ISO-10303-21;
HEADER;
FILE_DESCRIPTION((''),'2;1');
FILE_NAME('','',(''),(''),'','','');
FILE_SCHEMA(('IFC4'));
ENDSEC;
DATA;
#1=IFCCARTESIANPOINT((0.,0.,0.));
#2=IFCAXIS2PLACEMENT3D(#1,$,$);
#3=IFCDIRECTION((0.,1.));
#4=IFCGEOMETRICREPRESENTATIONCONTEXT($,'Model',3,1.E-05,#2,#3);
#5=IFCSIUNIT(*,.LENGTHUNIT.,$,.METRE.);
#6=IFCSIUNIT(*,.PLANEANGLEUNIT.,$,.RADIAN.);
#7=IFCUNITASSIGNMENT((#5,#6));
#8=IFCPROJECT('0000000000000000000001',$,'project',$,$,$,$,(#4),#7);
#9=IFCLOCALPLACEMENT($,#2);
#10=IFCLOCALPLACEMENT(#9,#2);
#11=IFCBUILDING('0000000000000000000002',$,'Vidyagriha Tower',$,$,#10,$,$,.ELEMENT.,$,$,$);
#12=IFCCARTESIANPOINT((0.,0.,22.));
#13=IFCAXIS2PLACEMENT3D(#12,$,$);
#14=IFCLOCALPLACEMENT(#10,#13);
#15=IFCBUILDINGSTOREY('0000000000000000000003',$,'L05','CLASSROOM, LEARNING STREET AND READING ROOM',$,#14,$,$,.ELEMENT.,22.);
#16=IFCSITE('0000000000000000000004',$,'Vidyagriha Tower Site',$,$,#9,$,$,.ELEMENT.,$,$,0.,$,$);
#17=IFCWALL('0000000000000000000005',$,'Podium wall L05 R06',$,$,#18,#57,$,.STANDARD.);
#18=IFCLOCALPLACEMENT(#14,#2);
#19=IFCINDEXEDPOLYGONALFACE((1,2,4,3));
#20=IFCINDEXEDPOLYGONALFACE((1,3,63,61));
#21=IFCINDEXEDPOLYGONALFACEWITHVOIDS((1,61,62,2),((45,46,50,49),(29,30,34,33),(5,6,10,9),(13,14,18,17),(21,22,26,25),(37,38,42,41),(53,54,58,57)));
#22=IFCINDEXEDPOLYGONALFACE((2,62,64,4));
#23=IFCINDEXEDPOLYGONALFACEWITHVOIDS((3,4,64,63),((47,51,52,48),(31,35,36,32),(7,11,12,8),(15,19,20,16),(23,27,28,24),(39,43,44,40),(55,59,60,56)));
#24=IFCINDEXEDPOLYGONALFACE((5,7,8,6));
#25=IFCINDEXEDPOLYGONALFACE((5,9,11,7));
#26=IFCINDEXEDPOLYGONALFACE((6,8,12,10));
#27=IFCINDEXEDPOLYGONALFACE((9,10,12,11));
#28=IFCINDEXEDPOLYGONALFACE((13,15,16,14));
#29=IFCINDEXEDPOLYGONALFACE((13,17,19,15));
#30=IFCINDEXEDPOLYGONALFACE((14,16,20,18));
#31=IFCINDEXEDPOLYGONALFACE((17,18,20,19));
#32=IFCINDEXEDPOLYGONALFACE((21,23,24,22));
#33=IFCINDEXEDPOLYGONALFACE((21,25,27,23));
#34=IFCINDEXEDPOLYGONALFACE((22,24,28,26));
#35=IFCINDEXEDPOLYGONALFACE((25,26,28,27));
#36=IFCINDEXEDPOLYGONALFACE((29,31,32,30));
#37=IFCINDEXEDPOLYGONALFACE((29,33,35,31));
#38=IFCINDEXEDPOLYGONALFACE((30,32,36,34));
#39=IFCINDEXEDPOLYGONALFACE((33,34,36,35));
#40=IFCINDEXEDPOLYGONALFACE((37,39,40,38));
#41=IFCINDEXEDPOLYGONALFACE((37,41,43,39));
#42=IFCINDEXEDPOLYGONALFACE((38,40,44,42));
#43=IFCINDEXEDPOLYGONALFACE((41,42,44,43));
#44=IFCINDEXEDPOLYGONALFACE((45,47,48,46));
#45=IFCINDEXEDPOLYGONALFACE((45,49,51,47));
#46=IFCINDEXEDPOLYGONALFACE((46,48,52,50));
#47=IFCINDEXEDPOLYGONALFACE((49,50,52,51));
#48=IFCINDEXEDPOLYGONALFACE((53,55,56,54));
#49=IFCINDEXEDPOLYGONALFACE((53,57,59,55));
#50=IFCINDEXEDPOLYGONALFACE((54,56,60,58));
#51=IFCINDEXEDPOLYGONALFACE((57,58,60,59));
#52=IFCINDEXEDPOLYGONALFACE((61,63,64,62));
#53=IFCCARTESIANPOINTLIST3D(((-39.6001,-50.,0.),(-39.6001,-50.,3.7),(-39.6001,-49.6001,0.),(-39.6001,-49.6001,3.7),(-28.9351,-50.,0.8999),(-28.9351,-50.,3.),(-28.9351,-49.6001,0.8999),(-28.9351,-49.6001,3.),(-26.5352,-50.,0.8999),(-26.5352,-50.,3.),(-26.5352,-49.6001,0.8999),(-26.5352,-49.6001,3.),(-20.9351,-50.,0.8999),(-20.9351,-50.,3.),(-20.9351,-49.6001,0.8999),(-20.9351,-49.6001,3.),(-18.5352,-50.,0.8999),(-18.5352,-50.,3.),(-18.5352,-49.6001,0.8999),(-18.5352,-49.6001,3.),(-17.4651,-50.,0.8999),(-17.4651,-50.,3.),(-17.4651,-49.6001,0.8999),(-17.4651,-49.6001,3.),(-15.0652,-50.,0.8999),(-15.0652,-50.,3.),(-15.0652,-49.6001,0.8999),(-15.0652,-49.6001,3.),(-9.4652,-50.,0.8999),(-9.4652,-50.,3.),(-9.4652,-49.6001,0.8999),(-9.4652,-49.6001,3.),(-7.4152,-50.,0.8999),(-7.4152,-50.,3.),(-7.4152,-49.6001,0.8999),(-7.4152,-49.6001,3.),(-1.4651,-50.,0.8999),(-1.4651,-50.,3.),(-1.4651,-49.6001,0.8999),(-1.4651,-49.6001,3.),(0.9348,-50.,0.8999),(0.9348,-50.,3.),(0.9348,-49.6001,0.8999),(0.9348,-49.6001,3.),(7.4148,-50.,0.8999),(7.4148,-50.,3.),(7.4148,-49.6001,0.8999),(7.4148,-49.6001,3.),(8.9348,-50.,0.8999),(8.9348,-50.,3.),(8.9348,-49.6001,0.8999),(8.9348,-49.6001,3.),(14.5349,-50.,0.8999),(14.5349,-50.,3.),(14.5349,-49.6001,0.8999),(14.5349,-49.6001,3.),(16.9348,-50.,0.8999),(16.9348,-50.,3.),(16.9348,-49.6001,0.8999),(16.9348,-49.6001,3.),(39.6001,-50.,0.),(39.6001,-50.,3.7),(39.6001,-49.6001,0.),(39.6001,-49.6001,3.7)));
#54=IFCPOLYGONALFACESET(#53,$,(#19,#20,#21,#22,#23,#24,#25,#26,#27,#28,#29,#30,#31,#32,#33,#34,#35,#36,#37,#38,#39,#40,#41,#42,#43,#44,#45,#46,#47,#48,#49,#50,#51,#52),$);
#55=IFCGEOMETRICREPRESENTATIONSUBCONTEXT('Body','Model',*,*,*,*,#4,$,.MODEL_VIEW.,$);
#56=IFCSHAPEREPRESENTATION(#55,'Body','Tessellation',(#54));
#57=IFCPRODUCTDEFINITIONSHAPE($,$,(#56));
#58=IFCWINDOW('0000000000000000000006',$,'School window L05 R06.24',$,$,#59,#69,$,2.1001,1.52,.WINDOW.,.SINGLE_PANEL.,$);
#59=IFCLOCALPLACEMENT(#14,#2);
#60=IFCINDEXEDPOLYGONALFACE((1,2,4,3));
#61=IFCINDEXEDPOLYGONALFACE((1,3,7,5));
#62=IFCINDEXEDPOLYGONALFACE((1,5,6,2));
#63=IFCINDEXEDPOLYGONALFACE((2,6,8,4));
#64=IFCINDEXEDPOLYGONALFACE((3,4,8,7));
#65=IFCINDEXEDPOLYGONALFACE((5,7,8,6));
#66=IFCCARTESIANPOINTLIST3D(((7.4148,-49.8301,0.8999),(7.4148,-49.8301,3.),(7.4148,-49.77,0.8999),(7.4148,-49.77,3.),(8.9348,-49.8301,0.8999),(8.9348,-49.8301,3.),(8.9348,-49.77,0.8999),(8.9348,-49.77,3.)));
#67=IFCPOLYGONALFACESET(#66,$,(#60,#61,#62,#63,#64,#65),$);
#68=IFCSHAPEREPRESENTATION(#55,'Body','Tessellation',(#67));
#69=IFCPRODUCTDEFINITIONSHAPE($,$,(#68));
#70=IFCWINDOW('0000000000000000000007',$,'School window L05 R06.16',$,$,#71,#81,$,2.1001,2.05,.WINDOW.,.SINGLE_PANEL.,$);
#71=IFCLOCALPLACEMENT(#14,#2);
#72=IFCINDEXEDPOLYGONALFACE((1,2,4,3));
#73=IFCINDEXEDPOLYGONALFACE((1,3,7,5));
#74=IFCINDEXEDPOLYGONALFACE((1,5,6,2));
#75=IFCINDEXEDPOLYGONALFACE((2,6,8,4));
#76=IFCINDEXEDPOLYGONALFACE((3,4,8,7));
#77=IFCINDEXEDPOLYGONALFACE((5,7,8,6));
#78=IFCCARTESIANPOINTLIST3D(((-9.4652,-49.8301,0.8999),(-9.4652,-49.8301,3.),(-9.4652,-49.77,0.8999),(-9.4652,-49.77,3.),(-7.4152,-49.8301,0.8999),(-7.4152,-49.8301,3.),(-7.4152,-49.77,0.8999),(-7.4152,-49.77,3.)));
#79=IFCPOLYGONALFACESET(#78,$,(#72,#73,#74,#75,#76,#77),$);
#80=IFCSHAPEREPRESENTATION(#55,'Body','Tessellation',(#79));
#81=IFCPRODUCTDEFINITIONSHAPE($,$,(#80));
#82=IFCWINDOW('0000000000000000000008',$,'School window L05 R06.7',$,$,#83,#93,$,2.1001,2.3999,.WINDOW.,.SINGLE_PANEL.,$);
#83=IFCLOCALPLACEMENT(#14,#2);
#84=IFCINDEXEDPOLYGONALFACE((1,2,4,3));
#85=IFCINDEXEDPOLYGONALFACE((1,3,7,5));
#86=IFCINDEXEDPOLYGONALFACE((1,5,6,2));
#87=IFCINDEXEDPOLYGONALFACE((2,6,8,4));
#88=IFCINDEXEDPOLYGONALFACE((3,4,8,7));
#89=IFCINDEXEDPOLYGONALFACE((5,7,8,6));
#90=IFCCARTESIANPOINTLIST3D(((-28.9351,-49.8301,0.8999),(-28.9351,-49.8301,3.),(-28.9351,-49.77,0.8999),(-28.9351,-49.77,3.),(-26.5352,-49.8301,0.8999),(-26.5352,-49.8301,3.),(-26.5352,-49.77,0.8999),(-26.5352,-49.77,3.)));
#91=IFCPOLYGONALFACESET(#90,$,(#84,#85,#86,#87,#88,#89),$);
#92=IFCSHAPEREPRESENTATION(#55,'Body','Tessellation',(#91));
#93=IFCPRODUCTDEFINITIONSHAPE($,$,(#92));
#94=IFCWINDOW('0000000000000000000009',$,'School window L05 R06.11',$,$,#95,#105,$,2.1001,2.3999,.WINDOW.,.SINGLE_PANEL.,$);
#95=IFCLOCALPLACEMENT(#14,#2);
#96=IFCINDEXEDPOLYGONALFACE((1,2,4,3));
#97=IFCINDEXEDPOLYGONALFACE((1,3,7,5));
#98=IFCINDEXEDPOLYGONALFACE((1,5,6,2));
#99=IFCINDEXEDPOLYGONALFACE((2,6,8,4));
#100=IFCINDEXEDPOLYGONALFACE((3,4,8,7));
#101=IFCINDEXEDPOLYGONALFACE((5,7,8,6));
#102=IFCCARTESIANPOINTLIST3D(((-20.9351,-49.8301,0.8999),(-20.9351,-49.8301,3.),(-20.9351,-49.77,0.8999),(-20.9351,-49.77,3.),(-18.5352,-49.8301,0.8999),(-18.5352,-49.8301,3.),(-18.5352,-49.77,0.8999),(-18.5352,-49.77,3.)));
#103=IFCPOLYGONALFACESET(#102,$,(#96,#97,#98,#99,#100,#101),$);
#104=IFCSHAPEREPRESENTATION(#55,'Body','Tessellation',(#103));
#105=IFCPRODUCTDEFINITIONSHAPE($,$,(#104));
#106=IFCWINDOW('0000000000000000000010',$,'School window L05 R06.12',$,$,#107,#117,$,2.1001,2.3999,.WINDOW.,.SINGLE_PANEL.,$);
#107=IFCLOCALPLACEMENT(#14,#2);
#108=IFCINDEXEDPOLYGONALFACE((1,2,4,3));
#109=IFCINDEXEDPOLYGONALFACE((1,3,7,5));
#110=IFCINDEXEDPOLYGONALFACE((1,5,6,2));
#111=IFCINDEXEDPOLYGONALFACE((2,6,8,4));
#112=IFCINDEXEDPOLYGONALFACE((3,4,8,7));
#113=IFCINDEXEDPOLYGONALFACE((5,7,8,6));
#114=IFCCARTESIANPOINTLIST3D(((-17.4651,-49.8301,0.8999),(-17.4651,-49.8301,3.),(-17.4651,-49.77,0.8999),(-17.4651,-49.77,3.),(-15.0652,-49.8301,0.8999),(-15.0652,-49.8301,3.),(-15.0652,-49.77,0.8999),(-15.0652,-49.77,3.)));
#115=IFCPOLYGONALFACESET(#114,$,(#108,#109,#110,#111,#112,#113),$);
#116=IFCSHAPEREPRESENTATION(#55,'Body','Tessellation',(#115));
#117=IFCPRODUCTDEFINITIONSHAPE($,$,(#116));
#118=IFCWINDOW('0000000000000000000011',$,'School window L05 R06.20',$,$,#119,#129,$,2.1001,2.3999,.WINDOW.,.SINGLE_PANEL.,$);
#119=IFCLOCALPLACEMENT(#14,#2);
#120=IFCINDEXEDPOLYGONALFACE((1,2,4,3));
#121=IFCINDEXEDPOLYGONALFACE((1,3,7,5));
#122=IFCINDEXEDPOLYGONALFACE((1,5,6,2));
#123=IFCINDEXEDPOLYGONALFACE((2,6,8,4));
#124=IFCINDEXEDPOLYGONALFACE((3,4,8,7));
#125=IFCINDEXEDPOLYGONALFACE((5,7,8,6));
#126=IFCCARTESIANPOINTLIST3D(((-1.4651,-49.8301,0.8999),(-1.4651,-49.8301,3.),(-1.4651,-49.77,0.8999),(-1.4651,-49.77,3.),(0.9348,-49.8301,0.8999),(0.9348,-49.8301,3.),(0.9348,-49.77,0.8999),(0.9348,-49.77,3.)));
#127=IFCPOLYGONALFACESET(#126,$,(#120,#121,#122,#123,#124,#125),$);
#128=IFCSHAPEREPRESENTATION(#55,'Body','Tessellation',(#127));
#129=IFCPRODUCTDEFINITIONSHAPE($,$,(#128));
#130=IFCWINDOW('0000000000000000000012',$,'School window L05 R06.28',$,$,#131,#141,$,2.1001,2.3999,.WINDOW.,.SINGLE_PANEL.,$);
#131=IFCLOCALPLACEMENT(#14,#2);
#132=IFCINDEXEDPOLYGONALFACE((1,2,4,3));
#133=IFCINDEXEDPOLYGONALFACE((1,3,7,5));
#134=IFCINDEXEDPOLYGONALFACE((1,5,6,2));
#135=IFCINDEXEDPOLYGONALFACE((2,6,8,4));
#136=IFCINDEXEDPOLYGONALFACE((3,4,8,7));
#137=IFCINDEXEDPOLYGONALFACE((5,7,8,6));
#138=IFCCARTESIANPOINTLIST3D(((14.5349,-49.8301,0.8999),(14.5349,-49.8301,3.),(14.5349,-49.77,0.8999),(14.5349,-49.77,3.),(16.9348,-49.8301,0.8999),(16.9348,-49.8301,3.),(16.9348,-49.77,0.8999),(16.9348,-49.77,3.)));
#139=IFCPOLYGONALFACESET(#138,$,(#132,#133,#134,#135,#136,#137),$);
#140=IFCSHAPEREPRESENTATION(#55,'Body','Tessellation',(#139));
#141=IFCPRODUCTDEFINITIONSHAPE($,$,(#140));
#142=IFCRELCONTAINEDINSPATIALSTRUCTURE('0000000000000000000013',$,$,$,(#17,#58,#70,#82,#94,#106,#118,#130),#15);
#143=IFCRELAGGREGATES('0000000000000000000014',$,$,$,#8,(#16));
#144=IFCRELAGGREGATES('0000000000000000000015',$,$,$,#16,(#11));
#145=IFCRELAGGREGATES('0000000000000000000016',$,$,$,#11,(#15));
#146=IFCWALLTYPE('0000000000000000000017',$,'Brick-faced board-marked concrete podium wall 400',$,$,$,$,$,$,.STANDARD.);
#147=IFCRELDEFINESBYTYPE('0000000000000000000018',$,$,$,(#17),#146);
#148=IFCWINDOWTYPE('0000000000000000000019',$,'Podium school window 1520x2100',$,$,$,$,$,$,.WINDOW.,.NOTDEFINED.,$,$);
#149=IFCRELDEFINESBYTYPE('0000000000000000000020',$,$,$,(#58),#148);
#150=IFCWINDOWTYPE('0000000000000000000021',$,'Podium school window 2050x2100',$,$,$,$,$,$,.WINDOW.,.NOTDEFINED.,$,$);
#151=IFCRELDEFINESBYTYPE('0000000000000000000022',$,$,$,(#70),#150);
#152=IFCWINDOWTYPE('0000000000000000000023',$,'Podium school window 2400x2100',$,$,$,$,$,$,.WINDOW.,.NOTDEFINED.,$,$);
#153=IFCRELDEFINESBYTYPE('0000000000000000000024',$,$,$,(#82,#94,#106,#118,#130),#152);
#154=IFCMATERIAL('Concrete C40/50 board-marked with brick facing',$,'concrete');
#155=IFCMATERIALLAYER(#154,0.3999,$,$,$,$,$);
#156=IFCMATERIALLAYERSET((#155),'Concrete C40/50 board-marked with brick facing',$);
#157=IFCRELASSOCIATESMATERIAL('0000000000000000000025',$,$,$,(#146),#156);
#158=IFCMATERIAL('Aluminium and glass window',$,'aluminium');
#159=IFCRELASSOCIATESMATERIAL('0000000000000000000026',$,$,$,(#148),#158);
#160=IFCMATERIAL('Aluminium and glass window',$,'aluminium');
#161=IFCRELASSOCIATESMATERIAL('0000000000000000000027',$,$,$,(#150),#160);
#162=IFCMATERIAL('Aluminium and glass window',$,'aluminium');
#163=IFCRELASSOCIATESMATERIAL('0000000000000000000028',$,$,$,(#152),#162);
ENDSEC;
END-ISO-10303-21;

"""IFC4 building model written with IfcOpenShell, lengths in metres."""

from ifc_helpers import new_model, si_unit, direction, frame, frame_2d, origin, place, context, subcontext, project, spatial, rectangle, extrude, material, layer, layer_set, type_object, element, fill, save


model = new_model("IFC4")

# Units and contexts
model_context = context("Model", 3, precision=1e-05, world=origin(), true_north=direction((0.0, 1.0)))
body_context = subcontext(model_context, "Body", "Model", "MODEL_VIEW")
ifc_project = project(units=[si_unit("LENGTHUNIT", "METRE"), si_unit("PLANEANGLEUNIT", "RADIAN")], contexts=[model_context])

# Site, building, storey
site_placement = place(None, origin())
site = spatial("IfcSite", under=ifc_project, at=site_placement, Name="Vidyagriha Tower Site", CompositionType="ELEMENT", RefElevation=0.0)
building_placement = place(site_placement, origin())
building = spatial("IfcBuilding", under=site, at=building_placement, Name="Vidyagriha Tower", CompositionType="ELEMENT")
storey_placement = place(building_placement, frame((0.0, 0.0, 22.0)))
storey = spatial("IfcBuildingStorey", under=building, at=storey_placement, Name="L05", Description="CLASSROOM, LEARNING STREET AND READING ROOM", CompositionType="ELEMENT", Elevation=22.0)

# Wall, openings, windows
ifc_material_1 = material(Name="Concrete C40/50 board-marked with brick facing", Category="concrete")
ifc_layer_1 = layer(ifc_material_1, 0.3999)
ifc_layer_set_1 = layer_set([ifc_layer_1], Name="Concrete C40/50 board-marked with brick facing")
wall_type_1 = type_object("IfcWallType", Name="Brick-faced board-marked concrete podium wall 400", PredefinedType="STANDARD", material=ifc_layer_set_1)
wall_1_placement = place(storey_placement, frame((-39.6001, -49.8, 0.0)))
wall_1 = element("IfcWall", 1, at=wall_1_placement, inside=storey, type_object=wall_type_1, Name="Podium wall L05 R06", PredefinedType="STANDARD", context=body_context, shape_type="SweptSolid", body=[
    extrude(rectangle(XDim=79.2002, YDim=0.3999, at=frame_2d((39.6001, 0.0))), origin(), (0.0, 0.0, 1.0), 3.7),
])
opening_1_placement = place(wall_1_placement, frame((10.665, 0.0, 0.8999)))
opening_1 = element("IfcOpeningElement", 2, at=opening_1_placement, cuts=wall_1, PredefinedType="OPENING", context=body_context, shape_type="SweptSolid", body=[
    extrude(rectangle(XDim=2.3999, YDim=2.1001, at=frame_2d((1.2, 1.05))), frame((0.0, 0.21, 0.0), z_axis=(0.0, -1.0, 0.0), x_axis=(1.0, 0.0, 0.0)), (0.0, 0.0, 1.0), 0.4199),
])
opening_2_placement = place(wall_1_placement, frame((18.665, 0.0, 0.8999)))
opening_2 = element("IfcOpeningElement", 3, at=opening_2_placement, cuts=wall_1, PredefinedType="OPENING", context=body_context, shape_type="SweptSolid", body=[
    extrude(rectangle(XDim=2.3999, YDim=2.1001, at=frame_2d((1.2, 1.05))), frame((0.0, 0.21, 0.0), z_axis=(0.0, -1.0, 0.0), x_axis=(1.0, 0.0, 0.0)), (0.0, 0.0, 1.0), 0.4199),
])
opening_3_placement = place(wall_1_placement, frame((22.135, 0.0, 0.8999)))
opening_3 = element("IfcOpeningElement", 4, at=opening_3_placement, cuts=wall_1, PredefinedType="OPENING", context=body_context, shape_type="SweptSolid", body=[
    extrude(rectangle(XDim=2.3999, YDim=2.1001, at=frame_2d((1.2, 1.05))), frame((0.0, 0.21, 0.0), z_axis=(0.0, -1.0, 0.0), x_axis=(1.0, 0.0, 0.0)), (0.0, 0.0, 1.0), 0.4199),
])
opening_4_placement = place(wall_1_placement, frame((30.135, 0.0, 0.8999)))
opening_4 = element("IfcOpeningElement", 5, at=opening_4_placement, cuts=wall_1, PredefinedType="OPENING", context=body_context, shape_type="SweptSolid", body=[
    extrude(rectangle(XDim=2.05, YDim=2.1001, at=frame_2d((1.0249, 1.05))), frame((0.0, 0.21, 0.0), z_axis=(0.0, -1.0, 0.0), x_axis=(1.0, 0.0, 0.0)), (0.0, 0.0, 1.0), 0.4199),
])
opening_5_placement = place(wall_1_placement, frame((38.135, 0.0, 0.8999)))
opening_5 = element("IfcOpeningElement", 6, at=opening_5_placement, cuts=wall_1, PredefinedType="OPENING", context=body_context, shape_type="SweptSolid", body=[
    extrude(rectangle(XDim=2.3999, YDim=2.1001, at=frame_2d((1.2, 1.05))), frame((0.0, 0.21, 0.0), z_axis=(0.0, -1.0, 0.0), x_axis=(1.0, 0.0, 0.0)), (0.0, 0.0, 1.0), 0.4199),
])
opening_6_placement = place(wall_1_placement, frame((47.0149, 0.0, 0.8999)))
opening_6 = element("IfcOpeningElement", 7, at=opening_6_placement, cuts=wall_1, PredefinedType="OPENING", context=body_context, shape_type="SweptSolid", body=[
    extrude(rectangle(XDim=1.52, YDim=2.1001, at=frame_2d((0.76, 1.05))), frame((0.0, 0.21, 0.0), z_axis=(0.0, -1.0, 0.0), x_axis=(1.0, 0.0, 0.0)), (0.0, 0.0, 1.0), 0.4199),
])
opening_7_placement = place(wall_1_placement, frame((54.135, 0.0, 0.8999)))
opening_7 = element("IfcOpeningElement", 8, at=opening_7_placement, cuts=wall_1, PredefinedType="OPENING", context=body_context, shape_type="SweptSolid", body=[
    extrude(rectangle(XDim=2.3999, YDim=2.1001, at=frame_2d((1.2, 1.05))), frame((0.0, 0.21, 0.0), z_axis=(0.0, -1.0, 0.0), x_axis=(1.0, 0.0, 0.0)), (0.0, 0.0, 1.0), 0.4199),
])
ifc_material_2 = material(Name="Aluminium and glass window", Category="aluminium")
window_type_1 = type_object("IfcWindowType", Name="Podium school window 1520x2100", PartitioningType="NOTDEFINED", PredefinedType="WINDOW", material=ifc_material_2)
window_1_placement = place(opening_6_placement, origin())
window_1 = element("IfcWindow", 9, at=window_1_placement, inside=storey, type_object=window_type_1, Name="School window L05 R06.24", OverallHeight=2.1001, OverallWidth=1.52, PartitioningType="SINGLE_PANEL", PredefinedType="WINDOW", context=body_context, shape_type="SweptSolid", body=[
    extrude(rectangle(XDim=1.52, YDim=2.1001, at=frame_2d((0.76, 1.05))), frame((0.0, 0.03, 0.0), z_axis=(0.0, -1.0, 0.0), x_axis=(1.0, 0.0, 0.0)), (0.0, 0.0, 1.0), 0.0601),
])
fill(opening_6, window_1)
ifc_material_3 = material(Name="Aluminium and glass window", Category="aluminium")
window_type_2 = type_object("IfcWindowType", Name="Podium school window 2050x2100", PartitioningType="NOTDEFINED", PredefinedType="WINDOW", material=ifc_material_3)
window_2_placement = place(opening_4_placement, origin())
window_2 = element("IfcWindow", 10, at=window_2_placement, inside=storey, type_object=window_type_2, Name="School window L05 R06.16", OverallHeight=2.1001, OverallWidth=2.05, PartitioningType="SINGLE_PANEL", PredefinedType="WINDOW", context=body_context, shape_type="SweptSolid", body=[
    extrude(rectangle(XDim=2.05, YDim=2.1001, at=frame_2d((1.0249, 1.05))), frame((0.0, 0.03, 0.0), z_axis=(0.0, -1.0, 0.0), x_axis=(1.0, 0.0, 0.0)), (0.0, 0.0, 1.0), 0.0601),
])
fill(opening_4, window_2)
ifc_material_4 = material(Name="Aluminium and glass window", Category="aluminium")
window_type_3 = type_object("IfcWindowType", Name="Podium school window 2400x2100", PartitioningType="NOTDEFINED", PredefinedType="WINDOW", material=ifc_material_4)
window_3_placement = place(opening_1_placement, origin())
window_3 = element("IfcWindow", 11, at=window_3_placement, inside=storey, type_object=window_type_3, Name="School window L05 R06.7", OverallHeight=2.1001, OverallWidth=2.3999, PartitioningType="SINGLE_PANEL", PredefinedType="WINDOW", context=body_context, shape_type="SweptSolid", body=[
    extrude(rectangle(XDim=2.3999, YDim=2.1001, at=frame_2d((1.2, 1.05))), frame((0.0, 0.03, 0.0), z_axis=(0.0, -1.0, 0.0), x_axis=(1.0, 0.0, 0.0)), (0.0, 0.0, 1.0), 0.0601),
])
fill(opening_1, window_3)
window_4_placement = place(opening_2_placement, origin())
window_4 = element("IfcWindow", 12, at=window_4_placement, inside=storey, type_object=window_type_3, Name="School window L05 R06.11", OverallHeight=2.1001, OverallWidth=2.3999, PartitioningType="SINGLE_PANEL", PredefinedType="WINDOW", context=body_context, shape_type="SweptSolid", body=[
    extrude(rectangle(XDim=2.3999, YDim=2.1001, at=frame_2d((1.2, 1.05))), frame((0.0, 0.03, 0.0), z_axis=(0.0, -1.0, 0.0), x_axis=(1.0, 0.0, 0.0)), (0.0, 0.0, 1.0), 0.0601),
])
fill(opening_2, window_4)
window_5_placement = place(opening_3_placement, origin())
window_5 = element("IfcWindow", 13, at=window_5_placement, inside=storey, type_object=window_type_3, Name="School window L05 R06.12", OverallHeight=2.1001, OverallWidth=2.3999, PartitioningType="SINGLE_PANEL", PredefinedType="WINDOW", context=body_context, shape_type="SweptSolid", body=[
    extrude(rectangle(XDim=2.3999, YDim=2.1001, at=frame_2d((1.2, 1.05))), frame((0.0, 0.03, 0.0), z_axis=(0.0, -1.0, 0.0), x_axis=(1.0, 0.0, 0.0)), (0.0, 0.0, 1.0), 0.0601),
])
fill(opening_3, window_5)
window_6_placement = place(opening_5_placement, origin())
window_6 = element("IfcWindow", 14, at=window_6_placement, inside=storey, type_object=window_type_3, Name="School window L05 R06.20", OverallHeight=2.1001, OverallWidth=2.3999, PartitioningType="SINGLE_PANEL", PredefinedType="WINDOW", context=body_context, shape_type="SweptSolid", body=[
    extrude(rectangle(XDim=2.3999, YDim=2.1001, at=frame_2d((1.2, 1.05))), frame((0.0, 0.03, 0.0), z_axis=(0.0, -1.0, 0.0), x_axis=(1.0, 0.0, 0.0)), (0.0, 0.0, 1.0), 0.0601),
])
fill(opening_5, window_6)
window_7_placement = place(opening_7_placement, origin())
window_7 = element("IfcWindow", 15, at=window_7_placement, inside=storey, type_object=window_type_3, Name="School window L05 R06.28", OverallHeight=2.1001, OverallWidth=2.3999, PartitioningType="SINGLE_PANEL", PredefinedType="WINDOW", context=body_context, shape_type="SweptSolid", body=[
    extrude(rectangle(XDim=2.3999, YDim=2.1001, at=frame_2d((1.2, 1.05))), frame((0.0, 0.03, 0.0), z_axis=(0.0, -1.0, 0.0), x_axis=(1.0, 0.0, 0.0)), (0.0, 0.0, 1.0), 0.0601),
])
fill(opening_7, window_7)

save(model, "model.ifc")
